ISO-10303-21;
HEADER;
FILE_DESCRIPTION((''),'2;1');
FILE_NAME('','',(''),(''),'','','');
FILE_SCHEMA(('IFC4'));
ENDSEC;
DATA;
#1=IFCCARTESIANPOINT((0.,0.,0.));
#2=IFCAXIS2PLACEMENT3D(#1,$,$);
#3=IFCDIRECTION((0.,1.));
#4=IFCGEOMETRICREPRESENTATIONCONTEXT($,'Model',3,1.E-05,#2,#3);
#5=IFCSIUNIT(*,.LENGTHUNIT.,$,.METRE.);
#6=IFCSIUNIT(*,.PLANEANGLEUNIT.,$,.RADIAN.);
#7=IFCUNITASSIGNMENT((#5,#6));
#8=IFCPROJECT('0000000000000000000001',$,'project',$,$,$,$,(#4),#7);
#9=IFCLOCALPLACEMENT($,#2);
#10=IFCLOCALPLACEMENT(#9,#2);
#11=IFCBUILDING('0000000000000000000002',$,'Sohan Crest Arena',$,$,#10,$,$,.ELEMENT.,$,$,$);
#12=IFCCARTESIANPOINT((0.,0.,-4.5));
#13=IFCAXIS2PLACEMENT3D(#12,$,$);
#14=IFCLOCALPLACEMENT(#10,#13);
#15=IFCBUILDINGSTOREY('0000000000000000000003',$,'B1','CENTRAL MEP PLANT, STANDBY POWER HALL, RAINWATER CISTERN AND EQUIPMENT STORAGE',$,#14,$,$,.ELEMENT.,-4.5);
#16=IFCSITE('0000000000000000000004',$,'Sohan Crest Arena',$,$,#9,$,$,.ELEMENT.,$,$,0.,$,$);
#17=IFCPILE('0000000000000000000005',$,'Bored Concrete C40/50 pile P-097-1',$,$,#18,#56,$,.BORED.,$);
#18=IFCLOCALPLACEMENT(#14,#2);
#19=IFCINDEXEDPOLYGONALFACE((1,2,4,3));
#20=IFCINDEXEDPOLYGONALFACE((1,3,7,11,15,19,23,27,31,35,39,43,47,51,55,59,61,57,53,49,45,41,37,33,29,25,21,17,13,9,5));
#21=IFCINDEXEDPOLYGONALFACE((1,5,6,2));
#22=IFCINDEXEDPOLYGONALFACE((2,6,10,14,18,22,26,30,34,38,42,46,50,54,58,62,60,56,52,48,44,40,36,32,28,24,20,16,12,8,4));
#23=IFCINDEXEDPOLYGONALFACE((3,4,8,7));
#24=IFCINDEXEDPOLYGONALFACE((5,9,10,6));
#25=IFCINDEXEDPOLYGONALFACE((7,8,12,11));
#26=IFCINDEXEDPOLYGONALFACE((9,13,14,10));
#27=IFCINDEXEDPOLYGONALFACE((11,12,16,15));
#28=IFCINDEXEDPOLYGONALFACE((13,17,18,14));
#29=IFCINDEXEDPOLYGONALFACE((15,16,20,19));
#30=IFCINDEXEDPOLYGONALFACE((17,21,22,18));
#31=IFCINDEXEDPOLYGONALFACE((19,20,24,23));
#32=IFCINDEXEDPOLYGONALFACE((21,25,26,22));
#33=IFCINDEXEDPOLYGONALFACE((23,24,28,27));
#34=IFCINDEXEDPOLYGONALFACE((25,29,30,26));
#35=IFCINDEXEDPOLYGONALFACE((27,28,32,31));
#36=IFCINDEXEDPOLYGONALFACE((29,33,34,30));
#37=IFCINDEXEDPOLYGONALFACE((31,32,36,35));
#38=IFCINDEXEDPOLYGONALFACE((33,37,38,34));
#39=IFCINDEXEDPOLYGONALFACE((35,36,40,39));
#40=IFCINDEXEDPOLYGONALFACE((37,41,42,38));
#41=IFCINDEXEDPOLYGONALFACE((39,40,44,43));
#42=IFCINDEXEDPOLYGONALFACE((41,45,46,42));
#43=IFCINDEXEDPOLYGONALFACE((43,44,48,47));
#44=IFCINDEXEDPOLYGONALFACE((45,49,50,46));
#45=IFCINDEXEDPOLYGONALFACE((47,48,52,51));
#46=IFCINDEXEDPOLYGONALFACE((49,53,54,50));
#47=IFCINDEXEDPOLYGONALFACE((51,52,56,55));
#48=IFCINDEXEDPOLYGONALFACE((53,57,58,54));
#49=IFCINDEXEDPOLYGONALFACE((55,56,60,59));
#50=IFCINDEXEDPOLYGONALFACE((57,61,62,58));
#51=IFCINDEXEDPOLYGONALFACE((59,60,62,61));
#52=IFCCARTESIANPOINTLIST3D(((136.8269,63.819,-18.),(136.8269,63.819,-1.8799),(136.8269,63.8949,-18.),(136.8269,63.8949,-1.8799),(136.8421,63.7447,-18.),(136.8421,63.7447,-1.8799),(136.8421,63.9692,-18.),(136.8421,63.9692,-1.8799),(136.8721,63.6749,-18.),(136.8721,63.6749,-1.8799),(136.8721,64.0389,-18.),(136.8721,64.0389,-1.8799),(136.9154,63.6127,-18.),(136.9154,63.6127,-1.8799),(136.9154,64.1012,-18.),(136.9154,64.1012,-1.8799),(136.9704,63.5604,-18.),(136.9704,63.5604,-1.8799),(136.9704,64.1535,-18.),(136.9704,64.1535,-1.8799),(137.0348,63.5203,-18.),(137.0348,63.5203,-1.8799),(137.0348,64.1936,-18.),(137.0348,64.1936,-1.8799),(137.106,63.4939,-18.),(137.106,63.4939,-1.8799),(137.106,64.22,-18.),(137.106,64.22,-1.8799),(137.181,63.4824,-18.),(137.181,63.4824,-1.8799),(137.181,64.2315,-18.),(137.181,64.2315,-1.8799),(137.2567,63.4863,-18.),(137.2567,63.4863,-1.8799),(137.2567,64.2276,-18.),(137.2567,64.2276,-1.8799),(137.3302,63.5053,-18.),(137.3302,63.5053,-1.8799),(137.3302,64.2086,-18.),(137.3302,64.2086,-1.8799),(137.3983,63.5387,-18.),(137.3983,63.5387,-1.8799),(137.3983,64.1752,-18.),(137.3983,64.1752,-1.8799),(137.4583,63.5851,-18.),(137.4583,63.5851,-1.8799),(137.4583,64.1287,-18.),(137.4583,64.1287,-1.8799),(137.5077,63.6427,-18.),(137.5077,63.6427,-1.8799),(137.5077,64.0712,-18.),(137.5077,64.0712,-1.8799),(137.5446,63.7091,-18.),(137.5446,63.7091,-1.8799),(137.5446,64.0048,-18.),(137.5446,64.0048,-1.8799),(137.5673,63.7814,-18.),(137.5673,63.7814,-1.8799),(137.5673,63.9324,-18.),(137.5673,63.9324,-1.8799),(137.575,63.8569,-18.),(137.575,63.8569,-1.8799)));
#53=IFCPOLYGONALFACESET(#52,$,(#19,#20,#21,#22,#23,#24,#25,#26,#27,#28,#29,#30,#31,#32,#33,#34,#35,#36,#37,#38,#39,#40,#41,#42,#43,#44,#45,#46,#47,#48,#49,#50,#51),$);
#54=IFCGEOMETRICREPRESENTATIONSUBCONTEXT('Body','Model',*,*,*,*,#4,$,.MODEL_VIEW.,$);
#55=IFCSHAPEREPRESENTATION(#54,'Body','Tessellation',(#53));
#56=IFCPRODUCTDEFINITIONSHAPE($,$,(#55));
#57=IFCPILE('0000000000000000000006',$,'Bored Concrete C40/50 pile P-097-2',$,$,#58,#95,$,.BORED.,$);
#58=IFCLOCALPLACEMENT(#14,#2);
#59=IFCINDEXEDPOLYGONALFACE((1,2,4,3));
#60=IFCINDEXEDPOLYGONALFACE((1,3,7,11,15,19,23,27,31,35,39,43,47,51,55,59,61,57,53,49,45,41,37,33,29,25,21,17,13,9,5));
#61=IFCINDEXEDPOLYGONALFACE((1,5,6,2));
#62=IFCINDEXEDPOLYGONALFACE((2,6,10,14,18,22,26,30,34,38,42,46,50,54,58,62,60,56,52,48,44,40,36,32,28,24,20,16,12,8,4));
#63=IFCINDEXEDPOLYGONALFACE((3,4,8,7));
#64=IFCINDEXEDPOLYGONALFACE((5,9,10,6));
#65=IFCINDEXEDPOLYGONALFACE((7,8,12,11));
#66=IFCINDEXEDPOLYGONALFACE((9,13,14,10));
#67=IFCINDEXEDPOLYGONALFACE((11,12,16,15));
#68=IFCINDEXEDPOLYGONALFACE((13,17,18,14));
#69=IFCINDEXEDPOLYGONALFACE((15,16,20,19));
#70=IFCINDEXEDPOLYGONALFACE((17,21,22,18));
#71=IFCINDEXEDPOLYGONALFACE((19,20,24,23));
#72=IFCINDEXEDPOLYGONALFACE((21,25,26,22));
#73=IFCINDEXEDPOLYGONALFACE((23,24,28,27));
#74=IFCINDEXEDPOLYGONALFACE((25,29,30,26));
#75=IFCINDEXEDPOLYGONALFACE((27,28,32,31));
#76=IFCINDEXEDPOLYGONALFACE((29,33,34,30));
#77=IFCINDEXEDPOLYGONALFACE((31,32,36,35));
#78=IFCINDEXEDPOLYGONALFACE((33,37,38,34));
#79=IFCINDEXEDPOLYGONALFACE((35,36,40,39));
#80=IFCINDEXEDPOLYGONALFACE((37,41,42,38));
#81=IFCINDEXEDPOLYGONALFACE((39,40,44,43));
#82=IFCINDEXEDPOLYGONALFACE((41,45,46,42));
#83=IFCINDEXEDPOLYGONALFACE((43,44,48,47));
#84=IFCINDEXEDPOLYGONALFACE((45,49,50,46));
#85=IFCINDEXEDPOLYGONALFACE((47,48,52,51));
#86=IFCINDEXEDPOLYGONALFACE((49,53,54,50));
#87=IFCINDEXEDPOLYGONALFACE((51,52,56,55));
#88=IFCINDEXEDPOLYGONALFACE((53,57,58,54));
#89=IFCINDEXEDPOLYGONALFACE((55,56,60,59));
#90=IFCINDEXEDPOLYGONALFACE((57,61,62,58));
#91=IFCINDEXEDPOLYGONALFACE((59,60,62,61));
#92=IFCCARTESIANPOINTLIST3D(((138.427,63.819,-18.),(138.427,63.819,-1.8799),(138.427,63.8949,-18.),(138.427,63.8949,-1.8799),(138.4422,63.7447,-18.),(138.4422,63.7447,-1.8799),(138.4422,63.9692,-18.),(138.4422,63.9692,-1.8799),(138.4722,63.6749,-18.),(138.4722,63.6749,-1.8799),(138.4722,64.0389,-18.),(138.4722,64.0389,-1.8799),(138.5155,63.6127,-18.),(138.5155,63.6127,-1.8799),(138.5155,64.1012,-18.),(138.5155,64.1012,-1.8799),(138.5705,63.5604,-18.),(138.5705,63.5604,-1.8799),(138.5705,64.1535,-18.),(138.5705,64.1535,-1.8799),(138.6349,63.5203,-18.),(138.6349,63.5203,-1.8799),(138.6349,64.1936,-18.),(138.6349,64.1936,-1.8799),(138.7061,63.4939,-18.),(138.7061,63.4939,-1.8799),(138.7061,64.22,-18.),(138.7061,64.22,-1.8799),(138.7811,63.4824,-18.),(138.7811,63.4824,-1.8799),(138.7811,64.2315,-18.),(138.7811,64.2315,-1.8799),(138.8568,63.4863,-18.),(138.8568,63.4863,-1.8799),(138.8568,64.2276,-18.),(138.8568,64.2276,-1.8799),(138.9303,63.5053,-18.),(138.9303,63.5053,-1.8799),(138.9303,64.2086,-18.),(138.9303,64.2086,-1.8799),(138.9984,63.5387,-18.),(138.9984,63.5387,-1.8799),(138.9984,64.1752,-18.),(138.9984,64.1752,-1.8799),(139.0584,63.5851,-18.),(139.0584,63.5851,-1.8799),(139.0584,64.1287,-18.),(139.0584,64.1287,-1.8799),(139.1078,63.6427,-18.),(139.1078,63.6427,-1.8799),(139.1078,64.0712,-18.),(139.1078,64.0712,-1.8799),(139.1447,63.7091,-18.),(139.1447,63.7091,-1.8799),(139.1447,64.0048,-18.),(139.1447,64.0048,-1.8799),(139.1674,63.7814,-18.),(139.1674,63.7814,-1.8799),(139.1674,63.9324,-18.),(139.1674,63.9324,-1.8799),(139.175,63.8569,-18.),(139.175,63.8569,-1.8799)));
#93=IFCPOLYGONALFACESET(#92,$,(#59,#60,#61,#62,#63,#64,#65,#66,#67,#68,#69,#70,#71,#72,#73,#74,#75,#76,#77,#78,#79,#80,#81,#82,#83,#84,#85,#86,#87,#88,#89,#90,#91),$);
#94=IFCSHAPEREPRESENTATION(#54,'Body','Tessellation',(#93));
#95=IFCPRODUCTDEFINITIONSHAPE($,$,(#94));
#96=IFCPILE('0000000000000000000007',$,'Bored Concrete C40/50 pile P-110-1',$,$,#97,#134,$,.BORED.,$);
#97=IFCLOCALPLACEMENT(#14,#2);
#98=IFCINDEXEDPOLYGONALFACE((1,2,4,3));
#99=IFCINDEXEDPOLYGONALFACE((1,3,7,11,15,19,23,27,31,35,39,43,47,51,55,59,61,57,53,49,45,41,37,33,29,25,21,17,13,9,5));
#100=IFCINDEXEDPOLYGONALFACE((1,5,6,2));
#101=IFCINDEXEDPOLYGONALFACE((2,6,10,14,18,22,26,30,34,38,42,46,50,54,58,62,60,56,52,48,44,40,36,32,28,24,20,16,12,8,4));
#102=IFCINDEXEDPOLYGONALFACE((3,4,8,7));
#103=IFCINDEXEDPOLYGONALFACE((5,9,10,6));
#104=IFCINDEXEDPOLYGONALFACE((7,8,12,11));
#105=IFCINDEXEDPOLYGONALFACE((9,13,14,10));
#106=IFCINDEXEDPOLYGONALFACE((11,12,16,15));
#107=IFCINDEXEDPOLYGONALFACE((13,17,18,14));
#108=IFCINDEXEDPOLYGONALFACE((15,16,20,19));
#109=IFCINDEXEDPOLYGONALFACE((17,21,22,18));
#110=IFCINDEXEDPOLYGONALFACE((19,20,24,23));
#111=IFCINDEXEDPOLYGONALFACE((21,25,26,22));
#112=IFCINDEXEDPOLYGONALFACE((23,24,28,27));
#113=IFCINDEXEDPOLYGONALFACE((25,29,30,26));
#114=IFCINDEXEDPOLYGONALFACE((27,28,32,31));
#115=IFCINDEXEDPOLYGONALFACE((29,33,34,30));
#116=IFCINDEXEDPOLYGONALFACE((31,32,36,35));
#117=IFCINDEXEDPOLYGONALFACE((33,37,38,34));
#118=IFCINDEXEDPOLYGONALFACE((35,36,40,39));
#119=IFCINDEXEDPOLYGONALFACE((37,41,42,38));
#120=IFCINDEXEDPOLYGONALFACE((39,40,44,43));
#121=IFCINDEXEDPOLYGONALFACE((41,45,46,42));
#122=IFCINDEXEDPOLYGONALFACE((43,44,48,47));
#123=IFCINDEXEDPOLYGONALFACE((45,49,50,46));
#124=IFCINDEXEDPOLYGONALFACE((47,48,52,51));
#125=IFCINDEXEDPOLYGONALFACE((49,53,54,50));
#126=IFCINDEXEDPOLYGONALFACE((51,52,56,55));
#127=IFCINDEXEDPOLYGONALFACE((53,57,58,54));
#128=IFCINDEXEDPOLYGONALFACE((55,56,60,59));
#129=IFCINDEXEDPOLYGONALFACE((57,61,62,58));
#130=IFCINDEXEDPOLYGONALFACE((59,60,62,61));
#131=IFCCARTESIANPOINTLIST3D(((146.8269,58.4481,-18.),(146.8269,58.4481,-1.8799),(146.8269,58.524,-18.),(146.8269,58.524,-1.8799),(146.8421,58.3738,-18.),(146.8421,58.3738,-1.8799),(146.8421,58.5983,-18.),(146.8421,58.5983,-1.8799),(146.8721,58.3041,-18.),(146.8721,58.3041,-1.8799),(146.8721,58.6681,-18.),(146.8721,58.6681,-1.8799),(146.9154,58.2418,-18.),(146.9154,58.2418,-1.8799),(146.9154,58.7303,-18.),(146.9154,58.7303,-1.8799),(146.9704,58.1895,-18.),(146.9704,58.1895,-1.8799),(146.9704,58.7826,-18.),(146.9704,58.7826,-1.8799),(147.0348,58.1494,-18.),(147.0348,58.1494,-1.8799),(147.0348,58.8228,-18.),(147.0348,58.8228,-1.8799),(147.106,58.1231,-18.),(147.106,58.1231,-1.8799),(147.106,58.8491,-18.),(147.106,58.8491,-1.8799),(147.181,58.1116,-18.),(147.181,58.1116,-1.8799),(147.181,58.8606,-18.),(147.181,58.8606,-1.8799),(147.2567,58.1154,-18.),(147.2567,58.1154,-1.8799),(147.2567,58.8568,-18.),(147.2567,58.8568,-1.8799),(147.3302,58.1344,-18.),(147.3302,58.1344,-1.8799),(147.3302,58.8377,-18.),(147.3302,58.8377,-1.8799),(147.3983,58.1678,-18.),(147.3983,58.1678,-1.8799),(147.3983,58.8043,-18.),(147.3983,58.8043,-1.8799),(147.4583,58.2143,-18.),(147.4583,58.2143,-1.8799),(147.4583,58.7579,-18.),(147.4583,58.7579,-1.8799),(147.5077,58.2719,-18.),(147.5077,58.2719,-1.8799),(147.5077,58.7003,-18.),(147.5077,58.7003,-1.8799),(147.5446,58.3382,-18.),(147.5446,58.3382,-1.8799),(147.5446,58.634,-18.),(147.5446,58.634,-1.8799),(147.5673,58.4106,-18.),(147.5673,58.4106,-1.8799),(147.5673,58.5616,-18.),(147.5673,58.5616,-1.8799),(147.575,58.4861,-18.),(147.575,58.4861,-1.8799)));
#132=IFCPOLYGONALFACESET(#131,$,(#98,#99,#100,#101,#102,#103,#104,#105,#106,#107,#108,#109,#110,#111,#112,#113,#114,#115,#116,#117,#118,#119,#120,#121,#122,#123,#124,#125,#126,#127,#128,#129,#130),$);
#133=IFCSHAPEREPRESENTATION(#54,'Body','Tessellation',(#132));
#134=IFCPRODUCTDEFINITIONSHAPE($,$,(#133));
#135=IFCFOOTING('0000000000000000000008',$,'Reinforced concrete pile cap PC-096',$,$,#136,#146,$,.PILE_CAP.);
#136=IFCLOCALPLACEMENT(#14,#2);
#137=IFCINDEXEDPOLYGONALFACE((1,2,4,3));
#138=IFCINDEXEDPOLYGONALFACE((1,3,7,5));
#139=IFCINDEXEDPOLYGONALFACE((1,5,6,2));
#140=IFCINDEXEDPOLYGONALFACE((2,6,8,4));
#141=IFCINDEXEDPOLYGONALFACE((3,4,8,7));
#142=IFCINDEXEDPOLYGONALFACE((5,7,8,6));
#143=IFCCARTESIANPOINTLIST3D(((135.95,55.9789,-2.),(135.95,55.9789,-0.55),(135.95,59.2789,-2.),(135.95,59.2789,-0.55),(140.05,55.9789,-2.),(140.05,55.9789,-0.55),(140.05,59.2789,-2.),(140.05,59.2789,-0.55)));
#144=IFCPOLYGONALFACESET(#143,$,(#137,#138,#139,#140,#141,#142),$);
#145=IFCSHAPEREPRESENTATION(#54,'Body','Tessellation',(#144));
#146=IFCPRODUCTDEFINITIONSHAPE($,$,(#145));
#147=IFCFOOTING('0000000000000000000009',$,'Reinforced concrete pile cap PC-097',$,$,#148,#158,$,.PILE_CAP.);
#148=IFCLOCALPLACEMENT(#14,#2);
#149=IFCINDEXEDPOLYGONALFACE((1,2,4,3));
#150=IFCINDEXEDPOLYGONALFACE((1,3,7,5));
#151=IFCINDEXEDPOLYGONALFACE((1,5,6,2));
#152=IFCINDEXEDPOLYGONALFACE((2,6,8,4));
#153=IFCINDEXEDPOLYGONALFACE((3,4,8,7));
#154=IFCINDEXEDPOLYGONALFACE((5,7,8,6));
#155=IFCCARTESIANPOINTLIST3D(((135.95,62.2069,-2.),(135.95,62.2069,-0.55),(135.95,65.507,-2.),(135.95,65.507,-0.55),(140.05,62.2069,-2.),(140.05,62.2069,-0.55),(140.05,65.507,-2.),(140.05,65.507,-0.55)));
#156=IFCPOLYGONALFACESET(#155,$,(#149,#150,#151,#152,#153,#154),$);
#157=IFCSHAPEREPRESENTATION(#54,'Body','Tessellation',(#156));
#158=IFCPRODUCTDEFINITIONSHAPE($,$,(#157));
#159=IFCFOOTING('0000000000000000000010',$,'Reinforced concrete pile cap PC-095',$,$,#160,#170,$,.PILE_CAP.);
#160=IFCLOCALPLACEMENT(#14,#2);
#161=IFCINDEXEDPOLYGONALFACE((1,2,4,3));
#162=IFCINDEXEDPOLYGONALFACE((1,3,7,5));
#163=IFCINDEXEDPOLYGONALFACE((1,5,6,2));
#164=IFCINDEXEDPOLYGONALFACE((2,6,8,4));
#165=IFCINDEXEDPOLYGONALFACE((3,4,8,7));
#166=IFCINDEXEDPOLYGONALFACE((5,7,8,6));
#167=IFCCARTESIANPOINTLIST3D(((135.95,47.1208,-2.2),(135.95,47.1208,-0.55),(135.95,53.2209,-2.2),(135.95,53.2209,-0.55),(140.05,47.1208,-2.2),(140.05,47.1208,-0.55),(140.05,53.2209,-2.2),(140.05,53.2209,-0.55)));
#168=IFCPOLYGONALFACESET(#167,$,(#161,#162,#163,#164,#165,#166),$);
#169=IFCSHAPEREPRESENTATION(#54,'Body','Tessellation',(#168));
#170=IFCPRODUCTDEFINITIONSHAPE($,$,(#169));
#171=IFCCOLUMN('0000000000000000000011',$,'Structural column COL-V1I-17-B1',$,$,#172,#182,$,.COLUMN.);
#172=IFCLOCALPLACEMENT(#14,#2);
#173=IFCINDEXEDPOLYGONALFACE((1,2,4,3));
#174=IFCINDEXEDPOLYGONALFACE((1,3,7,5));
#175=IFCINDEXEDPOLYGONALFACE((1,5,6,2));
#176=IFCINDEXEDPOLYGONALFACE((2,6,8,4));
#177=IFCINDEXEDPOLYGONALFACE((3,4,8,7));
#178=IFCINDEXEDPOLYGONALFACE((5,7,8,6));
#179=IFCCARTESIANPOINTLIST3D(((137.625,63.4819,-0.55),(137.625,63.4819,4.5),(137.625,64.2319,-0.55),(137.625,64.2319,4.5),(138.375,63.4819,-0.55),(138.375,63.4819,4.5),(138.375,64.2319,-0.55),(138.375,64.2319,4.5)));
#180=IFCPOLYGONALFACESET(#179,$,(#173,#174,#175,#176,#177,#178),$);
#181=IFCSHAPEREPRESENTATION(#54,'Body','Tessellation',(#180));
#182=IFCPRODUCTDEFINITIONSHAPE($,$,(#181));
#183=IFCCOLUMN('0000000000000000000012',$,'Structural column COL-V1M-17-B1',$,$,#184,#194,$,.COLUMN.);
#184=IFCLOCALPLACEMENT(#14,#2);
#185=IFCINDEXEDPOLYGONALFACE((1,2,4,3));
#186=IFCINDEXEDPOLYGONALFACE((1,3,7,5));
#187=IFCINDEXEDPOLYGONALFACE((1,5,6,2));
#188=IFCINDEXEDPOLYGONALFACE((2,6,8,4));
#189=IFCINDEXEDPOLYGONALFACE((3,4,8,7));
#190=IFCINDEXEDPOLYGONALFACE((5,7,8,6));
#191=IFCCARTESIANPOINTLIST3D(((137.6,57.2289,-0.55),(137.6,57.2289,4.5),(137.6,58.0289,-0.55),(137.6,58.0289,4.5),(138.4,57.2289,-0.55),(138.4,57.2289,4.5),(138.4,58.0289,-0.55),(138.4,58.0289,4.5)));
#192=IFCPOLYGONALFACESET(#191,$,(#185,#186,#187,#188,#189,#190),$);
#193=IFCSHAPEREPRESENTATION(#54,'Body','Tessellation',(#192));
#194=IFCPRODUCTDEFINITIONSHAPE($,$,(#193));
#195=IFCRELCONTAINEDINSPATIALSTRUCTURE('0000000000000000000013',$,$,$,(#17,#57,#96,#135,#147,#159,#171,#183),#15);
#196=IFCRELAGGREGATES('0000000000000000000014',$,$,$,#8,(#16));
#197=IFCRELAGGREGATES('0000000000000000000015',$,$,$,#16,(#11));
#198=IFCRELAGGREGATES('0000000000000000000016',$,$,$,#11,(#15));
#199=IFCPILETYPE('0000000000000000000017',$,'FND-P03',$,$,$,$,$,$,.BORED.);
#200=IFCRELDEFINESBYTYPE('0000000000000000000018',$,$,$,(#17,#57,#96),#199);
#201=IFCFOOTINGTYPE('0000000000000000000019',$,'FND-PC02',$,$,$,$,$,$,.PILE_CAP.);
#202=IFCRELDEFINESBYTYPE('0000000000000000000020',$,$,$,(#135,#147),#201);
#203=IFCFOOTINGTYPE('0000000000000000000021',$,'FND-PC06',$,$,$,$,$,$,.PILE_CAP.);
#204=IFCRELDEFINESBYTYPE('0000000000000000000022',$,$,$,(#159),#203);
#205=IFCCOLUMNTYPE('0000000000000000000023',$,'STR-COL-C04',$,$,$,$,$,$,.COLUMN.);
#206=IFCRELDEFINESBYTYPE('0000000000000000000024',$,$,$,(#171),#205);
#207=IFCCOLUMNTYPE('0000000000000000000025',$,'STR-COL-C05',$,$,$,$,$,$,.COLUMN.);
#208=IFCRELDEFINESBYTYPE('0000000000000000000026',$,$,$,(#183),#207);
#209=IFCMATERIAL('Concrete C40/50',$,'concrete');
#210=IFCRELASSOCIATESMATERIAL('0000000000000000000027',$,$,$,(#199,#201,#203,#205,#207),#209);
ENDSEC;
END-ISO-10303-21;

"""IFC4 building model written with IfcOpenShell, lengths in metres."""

from ifc_helpers import new_model, si_unit, direction, frame, origin, origin_2d, place, context, subcontext, project, spatial, rectangle, circle, extrude, material, material_profile, profile_set, type_object, element, save


model = new_model("IFC4")

# Units and contexts
model_context = context("Model", 3, precision=1e-05, world=origin(), true_north=direction((0.0, 1.0)))
body_context = subcontext(model_context, "Body", "Model", "MODEL_VIEW")
ifc_project = project(units=[si_unit("LENGTHUNIT", "METRE"), si_unit("PLANEANGLEUNIT", "RADIAN")], contexts=[model_context])

# Site, building, storey
site_placement = place(None, origin())
site = spatial("IfcSite", under=ifc_project, at=site_placement, Name="Sohan Crest Arena", CompositionType="ELEMENT", RefElevation=0.0)
building_placement = place(site_placement, origin())
building = spatial("IfcBuilding", under=site, at=building_placement, Name="Sohan Crest Arena", CompositionType="ELEMENT")
storey_placement = place(building_placement, frame((0.0, 0.0, -4.5)))
storey = spatial("IfcBuildingStorey", under=building, at=storey_placement, Name="B1", Description="CENTRAL MEP PLANT, STANDBY POWER HALL, RAINWATER CISTERN AND EQUIPMENT STORAGE", CompositionType="ELEMENT", Elevation=-4.5)

# Shared definitions
ifc_material_1 = material(Name="Concrete C40/50", Category="concrete")

# Piles
ifc_material_profile_1 = material_profile(ifc_material_1, circle(Radius=0.375, at=origin_2d()), Name="PILE D750")
ifc_profile_set_1 = profile_set([ifc_material_profile_1], Name="Concrete C40/50")
pile_type_1 = type_object("IfcPileType", Name="FND-P03", PredefinedType="BORED", material=ifc_profile_set_1)
for number, where, z_axis, x_axis, name in (
    (1, (137.2, 63.8569, -18.0), (0.0, 0.0, 1.0), (1.0, 0.0, 0.0), "Bored Concrete C40/50 pile P-097-1"),
    (2, (138.8, 63.8569, -18.0), (0.0, 0.0, 1.0), (1.0, 0.0, 0.0), "Bored Concrete C40/50 pile P-097-2"),
    (3, (147.2, 58.4861, -18.0), (0.0, 0.0, 1.0), (1.0, 0.0, 0.0), "Bored Concrete C40/50 pile P-110-1"),
):
    element("IfcPile", number, at=place(storey_placement, frame(where, z_axis=z_axis, x_axis=x_axis)), inside=storey, type_object=pile_type_1, Name=name, PredefinedType="BORED", context=body_context, shape_type="SweptSolid", body=[
        extrude(circle(Radius=0.375, at=origin_2d()), origin(), (0.0, 0.0, 1.0), 16.1201),
    ])

# Footings
footing_type_1 = type_object("IfcFootingType", Name="FND-PC02", PredefinedType="PILE_CAP", material=ifc_material_1)
for number, where, z_axis, x_axis, name in (
    (4, (138.0, 57.6289, -2.0), (0.0, 0.0, 1.0), (1.0, 0.0, 0.0), "Reinforced concrete pile cap PC-096"),
    (5, (138.0, 63.8569, -2.0), (0.0, 0.0, 1.0), (1.0, 0.0, 0.0), "Reinforced concrete pile cap PC-097"),
):
    element("IfcFooting", number, at=place(storey_placement, frame(where, z_axis=z_axis, x_axis=x_axis)), inside=storey, type_object=footing_type_1, Name=name, PredefinedType="PILE_CAP", context=body_context, shape_type="SweptSolid", body=[
        extrude(rectangle(XDim=4.1001, YDim=3.3, at=origin_2d()), origin(), (0.0, 0.0, 1.0), 1.45),
    ])
footing_type_2 = type_object("IfcFootingType", Name="FND-PC06", PredefinedType="PILE_CAP", material=ifc_material_1)
footing_1_placement = place(storey_placement, frame((138.0, 50.1709, -2.2), z_axis=(0.0, 0.0, 1.0), x_axis=(0.0, 1.0, 0.0)))
element("IfcFooting", 6, at=footing_1_placement, inside=storey, type_object=footing_type_2, Name="Reinforced concrete pile cap PC-095", PredefinedType="PILE_CAP", context=body_context, shape_type="SweptSolid", body=[
    extrude(rectangle(XDim=6.1001, YDim=4.1001, at=origin_2d()), origin(), (0.0, 0.0, 1.0), 1.6499),
])

# Columns
ifc_material_profile_2 = material_profile(ifc_material_1, rectangle(XDim=0.75, YDim=0.75, at=origin_2d()), Name="RC 750x750")
ifc_profile_set_2 = profile_set([ifc_material_profile_2], Name="Concrete C40/50")
column_type_1 = type_object("IfcColumnType", Name="STR-COL-C04", PredefinedType="COLUMN", material=ifc_profile_set_2)
column_1_placement = place(storey_placement, frame((138.0, 63.8569, -0.55), z_axis=(0.0, 0.0, 1.0), x_axis=(1.0, 0.0, 0.0)))
element("IfcColumn", 7, at=column_1_placement, inside=storey, type_object=column_type_1, Name="Structural column COL-V1I-17-B1", PredefinedType="COLUMN", context=body_context, shape_type="SweptSolid", body=[
    extrude(rectangle(XDim=0.75, YDim=0.75, at=origin_2d()), origin(), (0.0, 0.0, 1.0), 5.05),
])
ifc_material_profile_3 = material_profile(ifc_material_1, rectangle(XDim=0.8, YDim=0.8, at=origin_2d()), Name="RC 800x800")
ifc_profile_set_3 = profile_set([ifc_material_profile_3], Name="Concrete C40/50")
column_type_2 = type_object("IfcColumnType", Name="STR-COL-C05", PredefinedType="COLUMN", material=ifc_profile_set_3)
column_2_placement = place(storey_placement, frame((138.0, 57.6289, -0.55), z_axis=(0.0, 0.0, 1.0), x_axis=(1.0, 0.0, 0.0)))
element("IfcColumn", 8, at=column_2_placement, inside=storey, type_object=column_type_2, Name="Structural column COL-V1M-17-B1", PredefinedType="COLUMN", context=body_context, shape_type="SweptSolid", body=[
    extrude(rectangle(XDim=0.8, YDim=0.8, at=origin_2d()), origin(), (0.0, 0.0, 1.0), 5.05),
])

save(model, "model.ifc")
